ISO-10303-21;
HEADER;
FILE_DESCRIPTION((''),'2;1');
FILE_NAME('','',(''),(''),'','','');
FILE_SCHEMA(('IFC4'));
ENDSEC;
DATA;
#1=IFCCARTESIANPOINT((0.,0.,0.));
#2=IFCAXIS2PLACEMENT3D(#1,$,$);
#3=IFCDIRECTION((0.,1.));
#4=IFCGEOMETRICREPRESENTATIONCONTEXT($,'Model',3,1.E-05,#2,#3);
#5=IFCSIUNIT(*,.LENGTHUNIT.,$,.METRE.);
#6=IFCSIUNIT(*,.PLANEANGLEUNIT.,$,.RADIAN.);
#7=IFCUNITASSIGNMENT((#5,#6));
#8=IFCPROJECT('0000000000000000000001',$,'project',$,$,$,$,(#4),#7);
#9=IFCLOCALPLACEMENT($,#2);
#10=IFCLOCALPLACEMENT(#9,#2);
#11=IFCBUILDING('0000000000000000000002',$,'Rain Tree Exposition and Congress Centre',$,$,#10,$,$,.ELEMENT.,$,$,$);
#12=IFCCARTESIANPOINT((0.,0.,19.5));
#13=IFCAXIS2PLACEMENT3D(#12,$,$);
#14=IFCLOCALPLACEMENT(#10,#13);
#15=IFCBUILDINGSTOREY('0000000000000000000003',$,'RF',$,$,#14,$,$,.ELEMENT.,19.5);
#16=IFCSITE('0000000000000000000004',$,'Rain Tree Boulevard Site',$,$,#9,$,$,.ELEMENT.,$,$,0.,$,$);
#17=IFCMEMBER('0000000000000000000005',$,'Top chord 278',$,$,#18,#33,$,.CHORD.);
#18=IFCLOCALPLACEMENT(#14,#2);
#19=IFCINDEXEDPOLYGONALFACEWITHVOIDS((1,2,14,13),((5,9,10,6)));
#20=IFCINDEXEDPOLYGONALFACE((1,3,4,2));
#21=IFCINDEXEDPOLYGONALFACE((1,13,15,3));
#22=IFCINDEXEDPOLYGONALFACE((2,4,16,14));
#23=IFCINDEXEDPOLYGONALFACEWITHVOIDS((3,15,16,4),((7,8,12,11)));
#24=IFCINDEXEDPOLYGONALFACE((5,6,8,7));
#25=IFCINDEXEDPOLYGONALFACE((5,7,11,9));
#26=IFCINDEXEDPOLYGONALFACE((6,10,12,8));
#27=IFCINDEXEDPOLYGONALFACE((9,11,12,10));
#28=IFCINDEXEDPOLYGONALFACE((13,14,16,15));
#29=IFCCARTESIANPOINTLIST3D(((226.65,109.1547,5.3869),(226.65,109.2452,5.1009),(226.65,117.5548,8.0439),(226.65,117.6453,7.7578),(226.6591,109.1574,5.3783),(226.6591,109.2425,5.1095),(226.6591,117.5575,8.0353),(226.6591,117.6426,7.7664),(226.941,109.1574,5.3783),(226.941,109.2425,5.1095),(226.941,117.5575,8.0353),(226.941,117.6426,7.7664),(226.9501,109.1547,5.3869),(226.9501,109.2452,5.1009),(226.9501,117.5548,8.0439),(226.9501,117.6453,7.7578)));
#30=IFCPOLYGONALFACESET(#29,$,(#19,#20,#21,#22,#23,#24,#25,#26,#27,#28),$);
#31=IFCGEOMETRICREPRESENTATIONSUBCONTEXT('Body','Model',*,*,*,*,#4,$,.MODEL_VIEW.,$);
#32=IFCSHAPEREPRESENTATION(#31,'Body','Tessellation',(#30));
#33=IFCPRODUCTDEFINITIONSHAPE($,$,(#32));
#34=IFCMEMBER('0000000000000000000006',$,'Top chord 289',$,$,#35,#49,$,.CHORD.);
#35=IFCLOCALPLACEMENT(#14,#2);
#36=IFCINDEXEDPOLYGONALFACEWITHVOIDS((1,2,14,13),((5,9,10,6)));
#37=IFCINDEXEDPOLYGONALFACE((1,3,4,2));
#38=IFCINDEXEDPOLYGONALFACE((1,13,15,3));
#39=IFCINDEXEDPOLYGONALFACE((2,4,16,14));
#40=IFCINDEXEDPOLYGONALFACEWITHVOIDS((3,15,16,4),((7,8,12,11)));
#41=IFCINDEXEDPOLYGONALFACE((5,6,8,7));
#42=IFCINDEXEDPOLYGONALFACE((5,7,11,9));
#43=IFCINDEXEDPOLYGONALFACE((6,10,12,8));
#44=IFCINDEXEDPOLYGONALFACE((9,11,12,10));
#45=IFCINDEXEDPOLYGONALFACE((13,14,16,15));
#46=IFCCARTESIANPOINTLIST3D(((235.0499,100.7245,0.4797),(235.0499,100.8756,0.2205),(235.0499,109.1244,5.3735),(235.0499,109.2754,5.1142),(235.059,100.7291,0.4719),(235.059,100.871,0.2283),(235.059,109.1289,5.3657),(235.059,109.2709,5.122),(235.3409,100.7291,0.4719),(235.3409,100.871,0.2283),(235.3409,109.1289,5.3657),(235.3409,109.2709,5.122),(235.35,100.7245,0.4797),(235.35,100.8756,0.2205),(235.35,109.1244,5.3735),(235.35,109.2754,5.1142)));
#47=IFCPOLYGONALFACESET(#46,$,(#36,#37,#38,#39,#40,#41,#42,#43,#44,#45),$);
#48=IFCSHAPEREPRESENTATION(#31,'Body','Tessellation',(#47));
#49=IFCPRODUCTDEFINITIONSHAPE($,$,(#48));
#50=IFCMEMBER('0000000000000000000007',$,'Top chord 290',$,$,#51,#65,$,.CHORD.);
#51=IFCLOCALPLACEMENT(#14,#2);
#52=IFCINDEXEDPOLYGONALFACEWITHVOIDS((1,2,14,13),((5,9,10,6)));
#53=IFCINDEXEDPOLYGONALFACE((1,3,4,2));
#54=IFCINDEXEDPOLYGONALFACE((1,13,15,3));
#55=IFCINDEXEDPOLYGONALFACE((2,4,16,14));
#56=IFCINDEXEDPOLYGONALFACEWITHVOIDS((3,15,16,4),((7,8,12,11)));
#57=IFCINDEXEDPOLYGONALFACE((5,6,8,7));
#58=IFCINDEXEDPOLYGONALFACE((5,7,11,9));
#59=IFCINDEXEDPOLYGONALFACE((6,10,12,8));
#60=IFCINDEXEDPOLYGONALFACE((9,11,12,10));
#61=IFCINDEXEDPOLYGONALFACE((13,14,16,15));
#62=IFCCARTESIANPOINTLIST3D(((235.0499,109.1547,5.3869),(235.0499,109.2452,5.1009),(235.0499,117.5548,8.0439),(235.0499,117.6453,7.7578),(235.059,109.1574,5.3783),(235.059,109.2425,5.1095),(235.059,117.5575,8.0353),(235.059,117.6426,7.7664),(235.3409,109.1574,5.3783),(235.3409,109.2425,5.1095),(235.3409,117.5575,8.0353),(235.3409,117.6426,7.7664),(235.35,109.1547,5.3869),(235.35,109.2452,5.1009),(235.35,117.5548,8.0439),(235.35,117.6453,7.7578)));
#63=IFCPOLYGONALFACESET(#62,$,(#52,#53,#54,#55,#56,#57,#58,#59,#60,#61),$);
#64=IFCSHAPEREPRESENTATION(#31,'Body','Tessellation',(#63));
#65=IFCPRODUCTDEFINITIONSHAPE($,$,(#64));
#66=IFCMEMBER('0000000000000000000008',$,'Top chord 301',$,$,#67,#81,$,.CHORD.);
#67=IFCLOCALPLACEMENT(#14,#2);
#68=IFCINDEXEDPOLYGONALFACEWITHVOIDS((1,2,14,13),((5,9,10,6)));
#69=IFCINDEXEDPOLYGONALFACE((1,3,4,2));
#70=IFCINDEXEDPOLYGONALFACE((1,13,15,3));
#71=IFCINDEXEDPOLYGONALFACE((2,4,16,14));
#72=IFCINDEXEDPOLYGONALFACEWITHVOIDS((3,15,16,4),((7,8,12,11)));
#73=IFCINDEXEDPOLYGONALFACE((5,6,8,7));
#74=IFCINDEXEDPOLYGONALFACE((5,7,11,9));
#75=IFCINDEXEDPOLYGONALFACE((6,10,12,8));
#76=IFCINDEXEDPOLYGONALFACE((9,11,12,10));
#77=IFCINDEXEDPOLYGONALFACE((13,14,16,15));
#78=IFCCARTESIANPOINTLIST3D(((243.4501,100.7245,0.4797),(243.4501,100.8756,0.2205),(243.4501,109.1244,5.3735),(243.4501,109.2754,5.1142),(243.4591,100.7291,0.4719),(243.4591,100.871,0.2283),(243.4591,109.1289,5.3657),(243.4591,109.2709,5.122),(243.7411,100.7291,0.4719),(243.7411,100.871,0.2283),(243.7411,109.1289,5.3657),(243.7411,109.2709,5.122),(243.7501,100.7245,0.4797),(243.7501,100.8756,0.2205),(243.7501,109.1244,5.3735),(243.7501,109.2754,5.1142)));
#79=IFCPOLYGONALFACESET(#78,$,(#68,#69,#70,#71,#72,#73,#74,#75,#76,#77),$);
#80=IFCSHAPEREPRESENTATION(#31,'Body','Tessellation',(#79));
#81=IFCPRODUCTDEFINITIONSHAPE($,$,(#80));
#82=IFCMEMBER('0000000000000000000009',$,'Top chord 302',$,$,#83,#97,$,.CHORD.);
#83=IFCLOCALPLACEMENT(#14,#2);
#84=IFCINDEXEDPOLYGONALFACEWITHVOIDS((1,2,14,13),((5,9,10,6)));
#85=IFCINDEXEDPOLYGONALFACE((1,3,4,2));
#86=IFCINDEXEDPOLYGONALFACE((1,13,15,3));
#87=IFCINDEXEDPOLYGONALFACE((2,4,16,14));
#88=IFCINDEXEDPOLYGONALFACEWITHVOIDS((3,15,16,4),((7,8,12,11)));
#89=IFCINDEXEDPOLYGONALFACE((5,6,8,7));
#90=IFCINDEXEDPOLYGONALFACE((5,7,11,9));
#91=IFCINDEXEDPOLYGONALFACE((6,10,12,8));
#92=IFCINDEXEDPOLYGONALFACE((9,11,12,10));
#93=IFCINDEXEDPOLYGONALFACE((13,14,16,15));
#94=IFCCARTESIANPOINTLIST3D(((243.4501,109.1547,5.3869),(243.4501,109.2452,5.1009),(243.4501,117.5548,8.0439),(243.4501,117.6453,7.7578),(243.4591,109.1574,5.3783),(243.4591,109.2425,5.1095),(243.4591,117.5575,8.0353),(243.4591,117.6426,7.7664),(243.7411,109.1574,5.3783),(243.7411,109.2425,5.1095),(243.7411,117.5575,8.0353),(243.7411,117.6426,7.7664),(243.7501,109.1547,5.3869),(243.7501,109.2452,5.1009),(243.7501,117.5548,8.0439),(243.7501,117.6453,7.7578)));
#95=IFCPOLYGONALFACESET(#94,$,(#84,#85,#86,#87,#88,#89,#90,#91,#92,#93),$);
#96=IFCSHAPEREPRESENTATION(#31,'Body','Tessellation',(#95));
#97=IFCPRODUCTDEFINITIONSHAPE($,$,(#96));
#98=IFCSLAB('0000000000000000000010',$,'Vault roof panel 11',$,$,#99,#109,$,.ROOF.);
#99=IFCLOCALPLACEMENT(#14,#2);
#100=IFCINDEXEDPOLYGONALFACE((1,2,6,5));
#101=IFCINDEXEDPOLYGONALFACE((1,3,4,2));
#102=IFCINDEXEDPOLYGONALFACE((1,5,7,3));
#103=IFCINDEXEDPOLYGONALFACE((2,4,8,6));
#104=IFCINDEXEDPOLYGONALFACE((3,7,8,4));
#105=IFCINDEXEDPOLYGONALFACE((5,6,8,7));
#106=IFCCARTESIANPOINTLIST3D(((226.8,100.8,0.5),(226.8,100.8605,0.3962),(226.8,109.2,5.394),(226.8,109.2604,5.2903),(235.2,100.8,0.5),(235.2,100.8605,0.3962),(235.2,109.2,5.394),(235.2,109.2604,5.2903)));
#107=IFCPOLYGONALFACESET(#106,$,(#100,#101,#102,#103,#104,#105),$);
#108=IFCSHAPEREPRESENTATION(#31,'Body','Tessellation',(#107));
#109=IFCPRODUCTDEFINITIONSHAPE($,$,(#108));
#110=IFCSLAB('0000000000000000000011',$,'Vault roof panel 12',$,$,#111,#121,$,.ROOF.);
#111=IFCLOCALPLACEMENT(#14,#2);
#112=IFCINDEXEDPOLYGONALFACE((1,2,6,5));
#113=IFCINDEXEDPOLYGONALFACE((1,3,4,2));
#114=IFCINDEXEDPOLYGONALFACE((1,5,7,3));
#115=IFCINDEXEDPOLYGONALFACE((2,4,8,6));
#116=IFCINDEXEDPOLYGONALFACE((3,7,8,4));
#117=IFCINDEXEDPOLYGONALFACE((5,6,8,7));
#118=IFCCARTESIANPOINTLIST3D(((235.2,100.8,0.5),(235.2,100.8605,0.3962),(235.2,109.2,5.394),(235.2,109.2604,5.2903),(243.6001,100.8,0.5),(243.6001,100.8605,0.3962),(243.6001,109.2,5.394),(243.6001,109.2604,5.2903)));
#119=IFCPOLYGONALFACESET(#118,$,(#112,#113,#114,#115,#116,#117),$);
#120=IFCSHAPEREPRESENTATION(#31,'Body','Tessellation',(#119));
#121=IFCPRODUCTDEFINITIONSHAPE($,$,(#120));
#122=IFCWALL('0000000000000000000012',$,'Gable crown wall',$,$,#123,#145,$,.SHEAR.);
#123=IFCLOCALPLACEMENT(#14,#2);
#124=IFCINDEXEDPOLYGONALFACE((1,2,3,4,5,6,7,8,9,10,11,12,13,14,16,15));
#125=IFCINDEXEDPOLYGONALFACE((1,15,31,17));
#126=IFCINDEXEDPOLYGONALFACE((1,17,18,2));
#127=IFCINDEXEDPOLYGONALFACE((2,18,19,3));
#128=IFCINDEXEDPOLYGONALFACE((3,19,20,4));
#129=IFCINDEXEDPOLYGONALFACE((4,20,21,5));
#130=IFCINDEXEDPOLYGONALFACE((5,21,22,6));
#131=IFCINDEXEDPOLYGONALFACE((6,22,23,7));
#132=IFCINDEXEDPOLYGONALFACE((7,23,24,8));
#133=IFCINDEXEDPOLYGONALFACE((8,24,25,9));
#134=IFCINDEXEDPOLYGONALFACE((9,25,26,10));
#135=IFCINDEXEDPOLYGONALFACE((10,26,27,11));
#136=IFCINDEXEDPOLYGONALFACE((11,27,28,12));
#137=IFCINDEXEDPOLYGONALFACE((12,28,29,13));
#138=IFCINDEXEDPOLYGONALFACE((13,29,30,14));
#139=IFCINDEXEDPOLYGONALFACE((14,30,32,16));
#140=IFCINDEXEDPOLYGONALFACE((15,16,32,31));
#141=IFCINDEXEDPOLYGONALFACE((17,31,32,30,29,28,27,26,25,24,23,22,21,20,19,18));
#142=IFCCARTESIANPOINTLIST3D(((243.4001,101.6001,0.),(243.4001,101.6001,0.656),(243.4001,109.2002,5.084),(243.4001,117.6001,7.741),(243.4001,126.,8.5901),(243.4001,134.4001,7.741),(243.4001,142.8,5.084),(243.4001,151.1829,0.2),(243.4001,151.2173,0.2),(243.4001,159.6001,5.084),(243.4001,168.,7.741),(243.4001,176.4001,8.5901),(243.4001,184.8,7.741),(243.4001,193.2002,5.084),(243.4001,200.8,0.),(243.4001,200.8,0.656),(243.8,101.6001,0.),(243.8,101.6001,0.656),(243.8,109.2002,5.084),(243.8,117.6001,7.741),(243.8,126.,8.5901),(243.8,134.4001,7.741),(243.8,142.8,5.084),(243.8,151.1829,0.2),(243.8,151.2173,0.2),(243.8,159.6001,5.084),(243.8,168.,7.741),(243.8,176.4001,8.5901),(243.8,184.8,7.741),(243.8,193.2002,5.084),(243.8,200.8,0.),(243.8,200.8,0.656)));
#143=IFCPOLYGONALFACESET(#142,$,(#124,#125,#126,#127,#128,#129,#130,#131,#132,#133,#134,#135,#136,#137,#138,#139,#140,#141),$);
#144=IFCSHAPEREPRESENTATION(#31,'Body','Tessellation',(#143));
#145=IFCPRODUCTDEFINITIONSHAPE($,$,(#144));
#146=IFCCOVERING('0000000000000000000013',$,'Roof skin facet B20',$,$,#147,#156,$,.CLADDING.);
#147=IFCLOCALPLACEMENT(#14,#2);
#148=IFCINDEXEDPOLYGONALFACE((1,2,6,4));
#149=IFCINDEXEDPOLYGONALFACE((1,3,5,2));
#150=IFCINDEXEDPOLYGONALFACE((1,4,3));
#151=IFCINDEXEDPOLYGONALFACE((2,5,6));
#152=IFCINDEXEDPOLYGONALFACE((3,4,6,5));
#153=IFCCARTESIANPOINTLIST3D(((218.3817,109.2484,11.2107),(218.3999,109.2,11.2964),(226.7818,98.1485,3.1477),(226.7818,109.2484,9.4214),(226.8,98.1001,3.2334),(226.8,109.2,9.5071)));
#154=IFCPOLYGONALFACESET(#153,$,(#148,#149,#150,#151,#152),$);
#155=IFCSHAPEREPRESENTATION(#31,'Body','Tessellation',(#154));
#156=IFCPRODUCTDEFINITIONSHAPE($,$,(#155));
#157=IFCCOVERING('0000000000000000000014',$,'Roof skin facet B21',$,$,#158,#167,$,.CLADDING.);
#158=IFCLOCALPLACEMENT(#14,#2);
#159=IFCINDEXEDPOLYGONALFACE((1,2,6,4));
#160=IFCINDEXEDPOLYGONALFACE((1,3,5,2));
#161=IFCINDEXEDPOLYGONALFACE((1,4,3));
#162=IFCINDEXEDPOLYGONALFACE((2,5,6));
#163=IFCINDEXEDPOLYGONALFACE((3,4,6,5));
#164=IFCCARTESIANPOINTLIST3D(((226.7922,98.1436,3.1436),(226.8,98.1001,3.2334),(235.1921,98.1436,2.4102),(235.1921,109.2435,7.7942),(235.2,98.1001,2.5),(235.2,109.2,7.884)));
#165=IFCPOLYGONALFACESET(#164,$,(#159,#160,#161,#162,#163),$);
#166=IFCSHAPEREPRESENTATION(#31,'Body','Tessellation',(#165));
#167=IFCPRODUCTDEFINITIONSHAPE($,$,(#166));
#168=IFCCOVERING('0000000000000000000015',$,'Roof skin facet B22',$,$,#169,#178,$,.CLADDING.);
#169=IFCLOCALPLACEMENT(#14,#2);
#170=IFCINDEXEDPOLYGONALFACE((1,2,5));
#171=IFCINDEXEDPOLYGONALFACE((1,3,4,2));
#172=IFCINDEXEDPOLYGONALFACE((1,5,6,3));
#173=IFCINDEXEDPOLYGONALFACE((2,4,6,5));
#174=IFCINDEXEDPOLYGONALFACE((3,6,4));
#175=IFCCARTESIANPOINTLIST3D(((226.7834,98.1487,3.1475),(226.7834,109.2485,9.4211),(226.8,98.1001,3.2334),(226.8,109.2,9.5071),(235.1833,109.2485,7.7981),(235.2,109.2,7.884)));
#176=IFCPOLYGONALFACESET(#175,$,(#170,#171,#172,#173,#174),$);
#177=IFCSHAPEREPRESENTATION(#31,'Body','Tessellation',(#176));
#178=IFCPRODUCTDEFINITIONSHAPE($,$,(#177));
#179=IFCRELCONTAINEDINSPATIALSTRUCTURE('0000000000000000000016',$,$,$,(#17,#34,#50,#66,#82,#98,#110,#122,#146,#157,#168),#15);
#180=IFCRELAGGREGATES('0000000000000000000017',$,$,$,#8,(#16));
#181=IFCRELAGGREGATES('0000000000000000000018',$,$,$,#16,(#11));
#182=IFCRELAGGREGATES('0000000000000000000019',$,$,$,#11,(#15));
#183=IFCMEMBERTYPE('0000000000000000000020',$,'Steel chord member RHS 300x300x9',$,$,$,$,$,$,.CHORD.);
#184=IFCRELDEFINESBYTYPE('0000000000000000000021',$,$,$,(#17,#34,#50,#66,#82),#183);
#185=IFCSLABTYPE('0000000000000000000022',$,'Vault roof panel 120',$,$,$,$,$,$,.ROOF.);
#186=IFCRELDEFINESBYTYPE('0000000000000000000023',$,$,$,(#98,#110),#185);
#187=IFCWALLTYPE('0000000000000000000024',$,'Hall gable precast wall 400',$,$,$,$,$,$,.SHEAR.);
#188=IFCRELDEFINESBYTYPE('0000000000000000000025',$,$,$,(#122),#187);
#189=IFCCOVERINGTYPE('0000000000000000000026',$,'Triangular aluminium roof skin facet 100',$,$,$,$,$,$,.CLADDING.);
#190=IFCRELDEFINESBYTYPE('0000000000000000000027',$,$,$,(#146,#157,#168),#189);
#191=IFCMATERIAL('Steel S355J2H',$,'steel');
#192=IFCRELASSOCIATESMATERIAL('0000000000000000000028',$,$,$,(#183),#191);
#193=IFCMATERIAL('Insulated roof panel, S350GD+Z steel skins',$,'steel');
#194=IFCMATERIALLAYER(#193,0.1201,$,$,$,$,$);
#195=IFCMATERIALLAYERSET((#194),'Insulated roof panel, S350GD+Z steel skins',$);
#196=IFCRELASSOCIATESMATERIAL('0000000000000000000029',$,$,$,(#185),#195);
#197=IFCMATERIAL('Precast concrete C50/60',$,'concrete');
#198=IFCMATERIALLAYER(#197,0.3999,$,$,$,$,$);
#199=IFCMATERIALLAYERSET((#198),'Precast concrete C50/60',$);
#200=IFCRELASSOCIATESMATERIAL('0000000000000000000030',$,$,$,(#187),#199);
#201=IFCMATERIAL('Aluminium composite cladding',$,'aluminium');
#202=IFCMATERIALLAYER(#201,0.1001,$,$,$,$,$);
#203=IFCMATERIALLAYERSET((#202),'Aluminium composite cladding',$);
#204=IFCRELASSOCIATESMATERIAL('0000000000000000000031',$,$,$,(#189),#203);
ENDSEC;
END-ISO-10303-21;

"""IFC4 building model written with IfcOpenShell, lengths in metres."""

from ifc_helpers import new_model, si_unit, direction, frame, origin, origin_2d, place, context, subcontext, project, spatial, polyline, hollow_rectangle, outline, extrude, material, layer, layer_set, material_profile, profile_set, type_object, element, save


model = new_model("IFC4")

# Units and contexts
model_context = context("Model", 3, precision=1e-05, world=origin(), true_north=direction((0.0, 1.0)))
body_context = subcontext(model_context, "Body", "Model", "MODEL_VIEW")
ifc_project = project(units=[si_unit("LENGTHUNIT", "METRE"), si_unit("PLANEANGLEUNIT", "RADIAN")], contexts=[model_context])

# Site, building, storey
site_placement = place(None, origin())
site = spatial("IfcSite", under=ifc_project, at=site_placement, Name="Rain Tree Boulevard Site", CompositionType="ELEMENT", RefElevation=0.0)
building_placement = place(site_placement, origin())
building = spatial("IfcBuilding", under=site, at=building_placement, Name="Rain Tree Exposition and Congress Centre", CompositionType="ELEMENT")
storey_placement = place(building_placement, frame((0.0, 0.0, 19.5)))
storey = spatial("IfcBuildingStorey", under=building, at=storey_placement, Name="RF", CompositionType="ELEMENT", Elevation=19.5)

# Members
ifc_material_1 = material(Name="Steel S355J2H", Category="steel")
ifc_material_profile_1 = material_profile(ifc_material_1, hollow_rectangle(XDim=0.3, YDim=0.3, WallThickness=0.009, at=origin_2d()), Name="RHS 300x300x9")
ifc_profile_set_1 = profile_set([ifc_material_profile_1], Name="Steel S355J2H")
member_type_1 = type_object("IfcMemberType", Name="Steel chord member RHS 300x300x9", PredefinedType="CHORD", material=ifc_profile_set_1)
member_1_placement = place(storey_placement, frame((226.8, 109.2, 5.2439), z_axis=(0.0, 0.953442, 0.301576), x_axis=(-1.0, 0.0, 0.0)))
element("IfcMember", 1, at=member_1_placement, inside=storey, type_object=member_type_1, Name="Top chord 278", PredefinedType="CHORD", context=body_context, shape_type="SweptSolid", body=[
    extrude(hollow_rectangle(XDim=0.3, YDim=0.3, WallThickness=0.009, at=origin_2d()), origin(), (0.0, 0.0, 1.0), 8.8103),
])
member_2_placement = place(storey_placement, frame((235.2, 100.8, 0.3501), z_axis=(0.0, 0.864054, 0.503399), x_axis=(-1.0, 0.0, 0.0)))
element("IfcMember", 2, at=member_2_placement, inside=storey, type_object=member_type_1, Name="Top chord 289", PredefinedType="CHORD", context=body_context, shape_type="SweptSolid", body=[
    extrude(hollow_rectangle(XDim=0.3, YDim=0.3, WallThickness=0.009, at=origin_2d()), origin(), (0.0, 0.0, 1.0), 9.7214),
])
member_3_placement = place(storey_placement, frame((235.2, 109.2, 5.2439), z_axis=(0.0, 0.953442, 0.301576), x_axis=(-1.0, 0.0, 0.0)))
element("IfcMember", 3, at=member_3_placement, inside=storey, type_object=member_type_1, Name="Top chord 290", PredefinedType="CHORD", context=body_context, shape_type="SweptSolid", body=[
    extrude(hollow_rectangle(XDim=0.3, YDim=0.3, WallThickness=0.009, at=origin_2d()), origin(), (0.0, 0.0, 1.0), 8.8103),
])
member_4_placement = place(storey_placement, frame((243.6001, 100.8, 0.3501), z_axis=(0.0, 0.864054, 0.503399), x_axis=(-1.0, 0.0, 0.0)))
element("IfcMember", 4, at=member_4_placement, inside=storey, type_object=member_type_1, Name="Top chord 301", PredefinedType="CHORD", context=body_context, shape_type="SweptSolid", body=[
    extrude(hollow_rectangle(XDim=0.3, YDim=0.3, WallThickness=0.009, at=origin_2d()), origin(), (0.0, 0.0, 1.0), 9.7214),
])
member_5_placement = place(storey_placement, frame((243.6001, 109.2, 5.2439), z_axis=(0.0, 0.953442, 0.301576), x_axis=(-1.0, 0.0, 0.0)))
element("IfcMember", 5, at=member_5_placement, inside=storey, type_object=member_type_1, Name="Top chord 302", PredefinedType="CHORD", context=body_context, shape_type="SweptSolid", body=[
    extrude(hollow_rectangle(XDim=0.3, YDim=0.3, WallThickness=0.009, at=origin_2d()), origin(), (0.0, 0.0, 1.0), 8.8103),
])

# Slabs
ifc_material_2 = material(Name="Insulated roof panel, S350GD+Z steel skins", Category="steel")
ifc_layer_1 = layer(ifc_material_2, 0.1201)
ifc_layer_set_1 = layer_set([ifc_layer_1], Name="Insulated roof panel, S350GD+Z steel skins")
slab_type = type_object("IfcSlabType", Name="Vault roof panel 120", PredefinedType="ROOF", material=ifc_layer_set_1)
slab_1_placement = place(storey_placement, frame((226.8, 100.8, 0.5), z_axis=(0.0, -0.503418, 0.864043), x_axis=(1.0, 0.0, 0.0)))
element("IfcSlab", 6, at=slab_1_placement, inside=storey, type_object=slab_type, Name="Vault roof panel 11", PredefinedType="ROOF", context=body_context, shape_type="SweptSolid", body=[
    extrude(outline(polyline([(0.0, 0.0), (8.3999, 0.0), (8.3999, 9.7216), (0.0, 9.7216), (0.0, 0.0)])), origin(), (0.0, 0.0, -1.0), 0.1201),
])
slab_2_placement = place(storey_placement, frame((235.2, 100.8, 0.5), z_axis=(0.0, -0.503418, 0.864043), x_axis=(1.0, 0.0, 0.0)))
element("IfcSlab", 7, at=slab_2_placement, inside=storey, type_object=slab_type, Name="Vault roof panel 12", PredefinedType="ROOF", context=body_context, shape_type="SweptSolid", body=[
    extrude(outline(polyline([(0.0, 0.0), (8.4001, 0.0), (8.4001, 9.7216), (0.0, 9.7216), (0.0, 0.0)])), origin(), (0.0, 0.0, -1.0), 0.1201),
])

# Wall
ifc_material_3 = material(Name="Precast concrete C50/60", Category="concrete")
ifc_layer_2 = layer(ifc_material_3, 0.3999)
ifc_layer_set_2 = layer_set([ifc_layer_2], Name="Precast concrete C50/60")
wall_type = type_object("IfcWallType", Name="Hall gable precast wall 400", PredefinedType="SHEAR", material=ifc_layer_set_2)
wall_placement = place(storey_placement, frame((243.6001, 101.6001, 0.0), z_axis=(0.0, 0.0, 1.0), x_axis=(0.0, 1.0, 0.0)))
element("IfcWall", 8, at=wall_placement, inside=storey, type_object=wall_type, Name="Gable crown wall", PredefinedType="SHEAR", context=body_context, shape_type="SweptSolid", body=[
    extrude(outline(polyline([(0.0, 0.0), (99.2, 0.0), (99.2, 0.656), (91.6001, 5.084), (83.2, 7.741), (74.8, 8.5901), (66.3999, 7.741), (58.0, 5.084), (49.6172, 0.2), (49.5828, 0.2), (41.2, 5.084), (32.8, 7.741), (24.3999, 8.5901), (16.0, 7.741), (7.6001, 5.084), (0.0, 0.656), (0.0, 0.0)])), frame((0.0, 0.2, 0.0), z_axis=(0.0, -1.0, 0.0), x_axis=(1.0, 0.0, 0.0)), (0.0, 0.0, 1.0), 0.3999),
])

# Coverings
ifc_material_4 = material(Name="Aluminium composite cladding", Category="aluminium")
ifc_layer_3 = layer(ifc_material_4, 0.1001)
ifc_layer_set_3 = layer_set([ifc_layer_3], Name="Aluminium composite cladding")
covering_type = type_object("IfcCoveringType", Name="Triangular aluminium roof skin facet 100", PredefinedType="CLADDING", material=ifc_layer_set_3)
covering_1_placement = place(storey_placement, frame((226.8, 98.1001, 3.2334), z_axis=(0.18233, -0.4838, 0.855975), x_axis=(0.0, 0.870568, 0.492048)))
element("IfcCovering", 9, at=covering_1_placement, inside=storey, type_object=covering_type, Name="Roof skin facet B20", PredefinedType="CLADDING", context=body_context, shape_type="SweptSolid", body=[
    extrude(outline(polyline([(0.0, 0.0), (12.7501, 0.0), (13.6306, 8.5434), (0.0, 0.0)])), origin(), (0.0, 0.0, -1.0), 0.1001),
])
covering_2_placement = place(storey_placement, frame((226.8, 98.1001, 3.2334), z_axis=(0.078315, -0.435083, 0.896978), x_axis=(0.99621, 0.0, -0.086979)))
element("IfcCovering", 10, at=covering_2_placement, inside=storey, type_object=covering_type, Name="Roof skin facet B21", PredefinedType="CLADDING", context=body_context, shape_type="SweptSolid", body=[
    extrude(outline(polyline([(0.0, 0.0), (8.4319, 0.0), (7.9636, 12.3278), (0.0, 0.0)])), origin(), (0.0, 0.0, -1.0), 0.1001),
])
covering_3_placement = place(storey_placement, frame((226.8, 98.1001, 3.2334), z_axis=(0.165882, -0.485231, 0.858507), x_axis=(0.572345, 0.756312, 0.316881)))
element("IfcCovering", 11, at=covering_3_placement, inside=storey, type_object=covering_type, Name="Roof skin facet B22", PredefinedType="CLADDING", context=body_context, shape_type="SweptSolid", body=[
    extrude(outline(polyline([(0.0, 0.0), (14.6763, 0.0), (10.383, 7.4), (0.0, 0.0)])), origin(), (0.0, 0.0, -1.0), 0.1001),
])

save(model, "model.ifc")
